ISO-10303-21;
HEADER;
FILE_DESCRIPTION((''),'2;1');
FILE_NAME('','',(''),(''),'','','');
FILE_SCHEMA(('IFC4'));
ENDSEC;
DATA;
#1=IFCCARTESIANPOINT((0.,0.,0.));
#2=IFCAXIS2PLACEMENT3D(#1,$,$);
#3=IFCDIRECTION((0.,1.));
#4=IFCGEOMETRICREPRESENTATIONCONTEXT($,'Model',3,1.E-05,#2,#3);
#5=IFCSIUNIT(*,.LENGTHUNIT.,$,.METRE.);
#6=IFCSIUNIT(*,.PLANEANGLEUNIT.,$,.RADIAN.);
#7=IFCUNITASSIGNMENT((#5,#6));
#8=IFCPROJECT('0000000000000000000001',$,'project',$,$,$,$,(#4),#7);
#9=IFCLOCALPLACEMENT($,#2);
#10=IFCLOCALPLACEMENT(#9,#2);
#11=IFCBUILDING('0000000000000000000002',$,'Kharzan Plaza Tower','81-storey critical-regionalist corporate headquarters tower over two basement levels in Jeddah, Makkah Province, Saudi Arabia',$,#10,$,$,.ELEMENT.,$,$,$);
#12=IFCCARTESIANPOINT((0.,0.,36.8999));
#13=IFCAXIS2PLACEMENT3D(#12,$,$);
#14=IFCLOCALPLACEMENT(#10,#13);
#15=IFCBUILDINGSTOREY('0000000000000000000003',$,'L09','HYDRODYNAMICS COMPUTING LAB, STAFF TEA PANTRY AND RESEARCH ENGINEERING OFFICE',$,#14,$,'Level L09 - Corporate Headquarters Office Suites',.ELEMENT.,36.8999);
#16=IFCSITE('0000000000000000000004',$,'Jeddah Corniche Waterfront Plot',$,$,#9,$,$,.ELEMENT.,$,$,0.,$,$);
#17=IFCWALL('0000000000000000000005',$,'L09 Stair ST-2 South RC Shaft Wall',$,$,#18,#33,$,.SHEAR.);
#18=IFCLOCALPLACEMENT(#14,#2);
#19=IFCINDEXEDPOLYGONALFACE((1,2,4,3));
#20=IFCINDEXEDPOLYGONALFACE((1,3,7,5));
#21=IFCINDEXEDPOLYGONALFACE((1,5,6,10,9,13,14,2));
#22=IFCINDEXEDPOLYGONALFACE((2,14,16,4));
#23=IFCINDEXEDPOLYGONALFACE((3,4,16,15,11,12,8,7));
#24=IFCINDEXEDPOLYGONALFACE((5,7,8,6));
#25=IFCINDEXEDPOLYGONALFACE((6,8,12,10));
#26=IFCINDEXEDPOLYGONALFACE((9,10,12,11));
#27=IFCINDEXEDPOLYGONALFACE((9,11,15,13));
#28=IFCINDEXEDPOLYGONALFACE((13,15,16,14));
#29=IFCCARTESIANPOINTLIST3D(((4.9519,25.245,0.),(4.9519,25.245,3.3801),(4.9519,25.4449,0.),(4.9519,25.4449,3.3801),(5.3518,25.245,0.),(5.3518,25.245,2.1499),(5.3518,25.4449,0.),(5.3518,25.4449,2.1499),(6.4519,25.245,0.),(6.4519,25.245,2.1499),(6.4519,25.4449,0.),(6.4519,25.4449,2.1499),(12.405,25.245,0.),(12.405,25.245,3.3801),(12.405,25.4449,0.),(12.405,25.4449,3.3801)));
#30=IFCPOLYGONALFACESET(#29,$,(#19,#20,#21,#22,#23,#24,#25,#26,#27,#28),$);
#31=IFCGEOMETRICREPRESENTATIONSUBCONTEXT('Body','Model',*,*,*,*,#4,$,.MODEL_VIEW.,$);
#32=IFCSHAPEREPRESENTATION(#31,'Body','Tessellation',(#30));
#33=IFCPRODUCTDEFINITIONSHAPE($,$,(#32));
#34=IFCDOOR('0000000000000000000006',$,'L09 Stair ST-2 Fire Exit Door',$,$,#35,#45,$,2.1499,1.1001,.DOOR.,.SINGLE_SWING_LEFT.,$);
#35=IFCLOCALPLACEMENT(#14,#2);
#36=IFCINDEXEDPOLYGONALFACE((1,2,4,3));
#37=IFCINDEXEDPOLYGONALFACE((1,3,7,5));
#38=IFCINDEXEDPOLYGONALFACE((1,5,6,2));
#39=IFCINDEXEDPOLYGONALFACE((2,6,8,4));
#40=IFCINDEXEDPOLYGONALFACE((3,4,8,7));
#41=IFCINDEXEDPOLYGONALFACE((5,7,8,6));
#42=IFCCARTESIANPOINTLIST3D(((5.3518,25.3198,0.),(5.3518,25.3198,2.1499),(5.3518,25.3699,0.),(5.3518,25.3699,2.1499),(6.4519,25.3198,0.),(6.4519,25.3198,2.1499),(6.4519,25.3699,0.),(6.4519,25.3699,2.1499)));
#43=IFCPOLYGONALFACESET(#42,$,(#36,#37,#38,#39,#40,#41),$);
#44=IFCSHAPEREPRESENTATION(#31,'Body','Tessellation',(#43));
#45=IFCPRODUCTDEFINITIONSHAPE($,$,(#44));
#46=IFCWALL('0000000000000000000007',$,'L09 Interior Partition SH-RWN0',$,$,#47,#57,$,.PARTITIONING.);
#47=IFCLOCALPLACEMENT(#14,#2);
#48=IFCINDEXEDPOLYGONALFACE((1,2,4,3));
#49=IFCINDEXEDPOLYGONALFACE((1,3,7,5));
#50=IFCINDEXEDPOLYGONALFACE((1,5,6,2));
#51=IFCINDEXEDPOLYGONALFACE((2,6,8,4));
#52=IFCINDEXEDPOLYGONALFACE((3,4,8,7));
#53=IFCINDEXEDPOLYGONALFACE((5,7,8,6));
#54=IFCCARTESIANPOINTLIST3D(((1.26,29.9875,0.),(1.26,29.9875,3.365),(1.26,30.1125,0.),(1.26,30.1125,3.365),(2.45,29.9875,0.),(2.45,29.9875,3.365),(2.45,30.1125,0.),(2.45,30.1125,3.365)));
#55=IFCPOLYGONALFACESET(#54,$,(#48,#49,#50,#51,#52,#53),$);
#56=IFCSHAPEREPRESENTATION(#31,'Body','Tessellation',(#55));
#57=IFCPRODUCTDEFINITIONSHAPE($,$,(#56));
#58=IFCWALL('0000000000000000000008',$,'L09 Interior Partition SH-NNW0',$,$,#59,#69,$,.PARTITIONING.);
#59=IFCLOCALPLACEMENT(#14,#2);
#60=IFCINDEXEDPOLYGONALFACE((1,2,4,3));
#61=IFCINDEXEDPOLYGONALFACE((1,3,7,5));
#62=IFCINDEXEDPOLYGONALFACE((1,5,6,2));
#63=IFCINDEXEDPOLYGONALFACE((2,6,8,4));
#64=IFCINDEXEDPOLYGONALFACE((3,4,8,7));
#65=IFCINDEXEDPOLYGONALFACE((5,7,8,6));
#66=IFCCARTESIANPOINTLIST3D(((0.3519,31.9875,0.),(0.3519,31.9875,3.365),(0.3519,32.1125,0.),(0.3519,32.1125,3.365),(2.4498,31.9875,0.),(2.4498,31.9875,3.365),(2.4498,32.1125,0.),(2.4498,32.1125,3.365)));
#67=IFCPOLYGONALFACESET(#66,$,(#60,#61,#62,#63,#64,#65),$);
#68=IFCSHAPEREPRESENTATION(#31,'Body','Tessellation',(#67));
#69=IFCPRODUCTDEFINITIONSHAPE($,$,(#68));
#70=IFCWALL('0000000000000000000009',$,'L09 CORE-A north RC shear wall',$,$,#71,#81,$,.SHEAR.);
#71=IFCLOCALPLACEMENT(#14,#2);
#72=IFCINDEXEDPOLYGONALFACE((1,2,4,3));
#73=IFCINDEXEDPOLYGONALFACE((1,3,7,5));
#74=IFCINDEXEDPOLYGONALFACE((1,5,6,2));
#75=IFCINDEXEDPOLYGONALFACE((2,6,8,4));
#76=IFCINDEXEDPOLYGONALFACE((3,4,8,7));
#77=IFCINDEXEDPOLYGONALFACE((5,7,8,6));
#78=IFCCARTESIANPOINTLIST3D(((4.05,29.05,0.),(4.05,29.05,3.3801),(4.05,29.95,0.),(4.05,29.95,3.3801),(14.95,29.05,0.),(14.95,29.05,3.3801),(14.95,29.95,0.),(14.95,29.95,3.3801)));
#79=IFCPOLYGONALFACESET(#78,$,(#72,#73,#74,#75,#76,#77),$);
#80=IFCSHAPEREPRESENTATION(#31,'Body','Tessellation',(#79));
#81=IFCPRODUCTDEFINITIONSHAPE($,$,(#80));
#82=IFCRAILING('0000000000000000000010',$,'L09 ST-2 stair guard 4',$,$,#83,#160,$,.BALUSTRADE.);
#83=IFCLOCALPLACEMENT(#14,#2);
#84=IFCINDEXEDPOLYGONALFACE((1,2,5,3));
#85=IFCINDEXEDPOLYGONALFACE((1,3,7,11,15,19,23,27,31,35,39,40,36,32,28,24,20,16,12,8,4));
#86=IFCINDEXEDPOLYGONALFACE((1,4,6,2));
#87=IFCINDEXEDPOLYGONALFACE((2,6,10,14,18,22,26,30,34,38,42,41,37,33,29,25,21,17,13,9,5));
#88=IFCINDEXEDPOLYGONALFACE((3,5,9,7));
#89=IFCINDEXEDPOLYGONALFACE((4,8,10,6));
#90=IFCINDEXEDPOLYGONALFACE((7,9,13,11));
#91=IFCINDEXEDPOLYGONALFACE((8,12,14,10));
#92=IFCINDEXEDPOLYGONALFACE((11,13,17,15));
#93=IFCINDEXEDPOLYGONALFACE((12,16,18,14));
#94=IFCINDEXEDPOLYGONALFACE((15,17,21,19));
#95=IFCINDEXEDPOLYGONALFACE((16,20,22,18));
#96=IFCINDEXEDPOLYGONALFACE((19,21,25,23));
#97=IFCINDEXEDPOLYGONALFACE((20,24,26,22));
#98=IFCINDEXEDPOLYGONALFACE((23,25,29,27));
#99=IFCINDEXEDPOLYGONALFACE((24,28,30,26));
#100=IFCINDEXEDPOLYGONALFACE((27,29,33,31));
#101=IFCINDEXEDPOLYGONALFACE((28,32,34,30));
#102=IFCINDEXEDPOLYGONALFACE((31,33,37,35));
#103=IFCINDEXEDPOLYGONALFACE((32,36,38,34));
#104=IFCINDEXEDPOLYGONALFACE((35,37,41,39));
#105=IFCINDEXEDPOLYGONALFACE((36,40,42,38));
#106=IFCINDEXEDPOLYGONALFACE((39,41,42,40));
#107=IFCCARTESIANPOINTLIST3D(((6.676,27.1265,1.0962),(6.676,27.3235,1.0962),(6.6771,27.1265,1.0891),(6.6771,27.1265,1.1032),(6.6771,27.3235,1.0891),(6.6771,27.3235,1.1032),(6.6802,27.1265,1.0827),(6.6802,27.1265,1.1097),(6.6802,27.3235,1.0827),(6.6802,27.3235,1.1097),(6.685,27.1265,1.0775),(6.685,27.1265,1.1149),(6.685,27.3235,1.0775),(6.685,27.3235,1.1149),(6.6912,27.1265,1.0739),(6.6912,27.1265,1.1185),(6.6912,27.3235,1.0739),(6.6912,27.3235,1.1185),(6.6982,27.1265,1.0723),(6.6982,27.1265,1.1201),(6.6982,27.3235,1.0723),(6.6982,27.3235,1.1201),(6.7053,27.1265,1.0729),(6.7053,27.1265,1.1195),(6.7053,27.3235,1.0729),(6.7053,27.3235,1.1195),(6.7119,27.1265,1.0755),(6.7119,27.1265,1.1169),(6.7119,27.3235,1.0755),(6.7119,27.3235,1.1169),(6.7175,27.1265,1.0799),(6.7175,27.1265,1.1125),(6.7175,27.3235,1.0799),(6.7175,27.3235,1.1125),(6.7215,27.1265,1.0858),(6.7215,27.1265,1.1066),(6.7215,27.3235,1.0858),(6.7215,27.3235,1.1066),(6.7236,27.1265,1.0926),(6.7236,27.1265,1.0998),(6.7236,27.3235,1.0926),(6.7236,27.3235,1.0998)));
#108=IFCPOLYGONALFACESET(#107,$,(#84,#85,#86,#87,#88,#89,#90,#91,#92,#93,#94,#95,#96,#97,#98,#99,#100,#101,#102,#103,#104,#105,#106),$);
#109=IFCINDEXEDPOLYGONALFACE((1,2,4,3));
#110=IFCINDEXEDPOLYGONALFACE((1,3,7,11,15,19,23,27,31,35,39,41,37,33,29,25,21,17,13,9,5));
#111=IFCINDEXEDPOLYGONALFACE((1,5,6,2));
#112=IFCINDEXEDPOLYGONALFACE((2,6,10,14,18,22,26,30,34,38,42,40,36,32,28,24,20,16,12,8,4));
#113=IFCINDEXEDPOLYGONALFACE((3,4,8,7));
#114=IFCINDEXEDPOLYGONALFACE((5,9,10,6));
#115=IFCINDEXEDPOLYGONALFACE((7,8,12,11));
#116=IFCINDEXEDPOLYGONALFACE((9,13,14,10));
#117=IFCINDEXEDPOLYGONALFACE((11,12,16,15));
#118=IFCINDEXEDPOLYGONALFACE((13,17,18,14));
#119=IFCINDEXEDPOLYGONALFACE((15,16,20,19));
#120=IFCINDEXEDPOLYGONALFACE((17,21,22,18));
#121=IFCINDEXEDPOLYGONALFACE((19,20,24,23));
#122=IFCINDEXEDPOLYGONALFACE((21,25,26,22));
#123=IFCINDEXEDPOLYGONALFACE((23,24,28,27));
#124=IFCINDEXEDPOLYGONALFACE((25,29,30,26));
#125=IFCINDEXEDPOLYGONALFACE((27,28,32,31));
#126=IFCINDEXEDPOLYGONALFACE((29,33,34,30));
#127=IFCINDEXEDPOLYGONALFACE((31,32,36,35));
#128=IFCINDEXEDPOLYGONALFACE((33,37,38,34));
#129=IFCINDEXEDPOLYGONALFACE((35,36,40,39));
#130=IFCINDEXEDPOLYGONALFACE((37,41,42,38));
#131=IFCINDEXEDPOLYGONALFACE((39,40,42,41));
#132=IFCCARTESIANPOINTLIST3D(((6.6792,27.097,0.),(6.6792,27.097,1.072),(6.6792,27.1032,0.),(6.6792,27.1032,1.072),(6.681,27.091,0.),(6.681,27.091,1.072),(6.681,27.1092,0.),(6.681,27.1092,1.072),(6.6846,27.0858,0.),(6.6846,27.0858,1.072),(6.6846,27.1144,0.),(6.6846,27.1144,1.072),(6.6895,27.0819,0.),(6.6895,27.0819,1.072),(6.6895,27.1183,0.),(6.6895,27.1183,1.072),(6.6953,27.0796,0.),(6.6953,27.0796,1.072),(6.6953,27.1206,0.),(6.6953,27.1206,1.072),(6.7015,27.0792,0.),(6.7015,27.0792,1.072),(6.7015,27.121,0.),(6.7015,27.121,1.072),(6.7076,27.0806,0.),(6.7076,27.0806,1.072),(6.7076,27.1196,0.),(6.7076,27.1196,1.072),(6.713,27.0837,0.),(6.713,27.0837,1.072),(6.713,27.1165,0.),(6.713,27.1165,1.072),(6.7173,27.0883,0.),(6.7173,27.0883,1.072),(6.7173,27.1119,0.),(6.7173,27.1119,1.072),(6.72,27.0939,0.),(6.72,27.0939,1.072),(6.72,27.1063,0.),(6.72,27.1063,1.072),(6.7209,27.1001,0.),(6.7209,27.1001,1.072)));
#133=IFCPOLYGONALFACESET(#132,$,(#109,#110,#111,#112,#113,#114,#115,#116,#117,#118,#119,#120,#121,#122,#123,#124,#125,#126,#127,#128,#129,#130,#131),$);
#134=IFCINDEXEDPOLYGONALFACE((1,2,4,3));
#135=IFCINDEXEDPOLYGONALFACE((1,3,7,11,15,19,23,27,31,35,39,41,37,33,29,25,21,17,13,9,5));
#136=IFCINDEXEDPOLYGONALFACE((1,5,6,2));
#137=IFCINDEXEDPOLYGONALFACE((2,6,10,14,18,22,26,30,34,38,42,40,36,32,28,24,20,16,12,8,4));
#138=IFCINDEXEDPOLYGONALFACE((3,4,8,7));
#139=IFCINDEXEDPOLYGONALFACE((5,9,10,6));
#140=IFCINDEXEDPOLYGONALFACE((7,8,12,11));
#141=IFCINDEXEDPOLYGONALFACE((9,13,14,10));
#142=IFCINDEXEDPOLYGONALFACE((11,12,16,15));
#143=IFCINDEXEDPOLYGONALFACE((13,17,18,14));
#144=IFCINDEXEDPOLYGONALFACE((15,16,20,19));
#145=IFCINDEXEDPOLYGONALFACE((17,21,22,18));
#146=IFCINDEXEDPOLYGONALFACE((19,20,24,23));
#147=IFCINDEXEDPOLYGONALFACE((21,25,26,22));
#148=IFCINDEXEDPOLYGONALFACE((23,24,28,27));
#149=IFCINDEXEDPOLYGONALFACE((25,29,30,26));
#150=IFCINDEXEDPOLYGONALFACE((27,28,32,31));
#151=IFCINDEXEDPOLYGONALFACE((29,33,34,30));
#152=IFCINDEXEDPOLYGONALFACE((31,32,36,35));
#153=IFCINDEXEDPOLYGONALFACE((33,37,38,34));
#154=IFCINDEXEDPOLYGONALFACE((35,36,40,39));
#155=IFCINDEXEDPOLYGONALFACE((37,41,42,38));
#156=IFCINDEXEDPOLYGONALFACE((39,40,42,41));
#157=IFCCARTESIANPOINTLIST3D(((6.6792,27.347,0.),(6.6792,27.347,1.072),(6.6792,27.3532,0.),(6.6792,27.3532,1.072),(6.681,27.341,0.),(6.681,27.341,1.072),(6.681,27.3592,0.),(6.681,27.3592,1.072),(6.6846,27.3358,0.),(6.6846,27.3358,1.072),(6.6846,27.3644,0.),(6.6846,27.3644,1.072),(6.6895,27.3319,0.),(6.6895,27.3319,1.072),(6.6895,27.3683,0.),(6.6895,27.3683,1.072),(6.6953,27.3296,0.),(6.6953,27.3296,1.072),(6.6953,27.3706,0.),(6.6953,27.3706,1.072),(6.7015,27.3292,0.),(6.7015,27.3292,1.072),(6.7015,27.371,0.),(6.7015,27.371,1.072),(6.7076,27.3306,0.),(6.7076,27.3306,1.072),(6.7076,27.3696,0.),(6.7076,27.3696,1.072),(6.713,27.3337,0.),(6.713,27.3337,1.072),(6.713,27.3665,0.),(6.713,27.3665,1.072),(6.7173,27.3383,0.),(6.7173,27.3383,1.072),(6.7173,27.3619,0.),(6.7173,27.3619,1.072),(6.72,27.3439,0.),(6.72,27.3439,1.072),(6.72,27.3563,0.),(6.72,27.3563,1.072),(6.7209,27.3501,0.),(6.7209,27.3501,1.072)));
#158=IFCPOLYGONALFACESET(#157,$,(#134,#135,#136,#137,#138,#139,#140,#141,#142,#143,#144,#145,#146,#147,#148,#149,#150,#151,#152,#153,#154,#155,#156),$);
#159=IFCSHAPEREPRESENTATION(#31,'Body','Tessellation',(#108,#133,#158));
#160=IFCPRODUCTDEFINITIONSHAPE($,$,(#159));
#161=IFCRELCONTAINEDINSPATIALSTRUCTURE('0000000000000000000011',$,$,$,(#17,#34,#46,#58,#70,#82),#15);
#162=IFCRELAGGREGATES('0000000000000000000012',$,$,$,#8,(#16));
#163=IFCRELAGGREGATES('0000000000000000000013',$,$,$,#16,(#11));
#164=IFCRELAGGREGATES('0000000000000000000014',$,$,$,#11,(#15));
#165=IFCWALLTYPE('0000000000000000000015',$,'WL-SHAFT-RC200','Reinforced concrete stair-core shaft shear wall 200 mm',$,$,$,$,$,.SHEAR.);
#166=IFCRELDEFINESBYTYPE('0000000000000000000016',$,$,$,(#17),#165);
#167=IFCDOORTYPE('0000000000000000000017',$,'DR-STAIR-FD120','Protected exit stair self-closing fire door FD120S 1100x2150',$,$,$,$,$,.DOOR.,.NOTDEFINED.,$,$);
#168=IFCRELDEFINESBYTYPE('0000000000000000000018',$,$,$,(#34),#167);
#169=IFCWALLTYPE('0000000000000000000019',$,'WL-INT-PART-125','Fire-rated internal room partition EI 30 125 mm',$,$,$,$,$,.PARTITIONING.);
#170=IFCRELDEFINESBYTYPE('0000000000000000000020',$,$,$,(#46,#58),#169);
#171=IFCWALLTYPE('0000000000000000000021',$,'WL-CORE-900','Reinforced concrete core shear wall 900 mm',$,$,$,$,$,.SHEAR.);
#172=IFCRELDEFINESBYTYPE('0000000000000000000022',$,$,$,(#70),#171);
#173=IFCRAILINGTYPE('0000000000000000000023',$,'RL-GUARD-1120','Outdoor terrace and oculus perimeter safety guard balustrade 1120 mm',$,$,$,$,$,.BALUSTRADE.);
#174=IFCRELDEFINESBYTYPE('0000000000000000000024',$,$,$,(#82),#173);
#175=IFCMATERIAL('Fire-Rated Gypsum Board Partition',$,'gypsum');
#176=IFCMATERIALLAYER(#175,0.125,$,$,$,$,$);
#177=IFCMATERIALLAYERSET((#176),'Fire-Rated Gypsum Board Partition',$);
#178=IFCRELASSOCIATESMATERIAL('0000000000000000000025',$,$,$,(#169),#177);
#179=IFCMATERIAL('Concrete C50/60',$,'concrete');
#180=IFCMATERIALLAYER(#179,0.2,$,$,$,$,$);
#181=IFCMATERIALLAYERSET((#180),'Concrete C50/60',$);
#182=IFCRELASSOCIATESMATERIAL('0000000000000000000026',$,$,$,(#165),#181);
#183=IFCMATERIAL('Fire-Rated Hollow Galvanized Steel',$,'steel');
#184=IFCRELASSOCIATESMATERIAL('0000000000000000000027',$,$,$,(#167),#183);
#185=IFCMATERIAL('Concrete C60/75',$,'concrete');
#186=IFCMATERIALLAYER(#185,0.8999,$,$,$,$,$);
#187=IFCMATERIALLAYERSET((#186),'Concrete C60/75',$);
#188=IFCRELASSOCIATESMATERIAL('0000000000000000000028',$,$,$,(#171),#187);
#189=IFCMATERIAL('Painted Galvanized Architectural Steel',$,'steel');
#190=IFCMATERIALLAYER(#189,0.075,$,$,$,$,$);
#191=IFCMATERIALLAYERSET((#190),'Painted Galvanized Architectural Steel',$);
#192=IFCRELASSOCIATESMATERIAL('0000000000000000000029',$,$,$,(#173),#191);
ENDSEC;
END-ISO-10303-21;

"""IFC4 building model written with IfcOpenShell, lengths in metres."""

from ifc_helpers import new_model, si_unit, direction, frame, frame_2d, origin, origin_2d, place, context, subcontext, project, spatial, rectangle, circle, extrude, source, transform, mapped, material, layer, layer_set, type_object, element, fill, save


model = new_model("IFC4")

# Units and contexts
model_context = context("Model", 3, precision=1e-05, world=origin(), true_north=direction((0.0, 1.0)))
body_context = subcontext(model_context, "Body", "Model", "MODEL_VIEW")
ifc_project = project(units=[si_unit("LENGTHUNIT", "METRE"), si_unit("PLANEANGLEUNIT", "RADIAN")], contexts=[model_context])

# Site, building, storey
site_placement = place(None, origin())
site = spatial("IfcSite", under=ifc_project, at=site_placement, Name="Jeddah Corniche Waterfront Plot", CompositionType="ELEMENT", RefElevation=0.0)
building_placement = place(site_placement, origin())
building = spatial("IfcBuilding", under=site, at=building_placement, Name="Kharzan Plaza Tower", Description="81-storey critical-regionalist corporate headquarters tower over two basement levels in Jeddah, Makkah Province, Saudi Arabia", CompositionType="ELEMENT")
storey_placement = place(building_placement, frame((0.0, 0.0, 36.8999)))
storey = spatial("IfcBuildingStorey", under=building, at=storey_placement, Name="L09", Description="HYDRODYNAMICS COMPUTING LAB, STAFF TEA PANTRY AND RESEARCH ENGINEERING OFFICE", LongName="Level L09 - Corporate Headquarters Office Suites", CompositionType="ELEMENT", Elevation=36.8999)

# Shared definitions
ifc_material_1 = material(Name="Concrete C60/75", Category="concrete")

# Wall, opening, door
ifc_material_2 = material(Name="Fire-Rated Gypsum Board Partition", Category="gypsum")
ifc_layer_1 = layer(ifc_material_2, 0.125)
ifc_layer_set_1 = layer_set([ifc_layer_1], Name="Fire-Rated Gypsum Board Partition")
wall_type_1 = type_object("IfcWallType", Name="WL-INT-PART-125", Description="Fire-rated internal room partition EI 30 125 mm", PredefinedType="PARTITIONING", material=ifc_layer_set_1)
ifc_material_3 = material(Name="Concrete C50/60", Category="concrete")
ifc_layer_2 = layer(ifc_material_3, 0.2)
ifc_layer_set_2 = layer_set([ifc_layer_2], Name="Concrete C50/60")
wall_type_2 = type_object("IfcWallType", Name="WL-SHAFT-RC200", Description="Reinforced concrete stair-core shaft shear wall 200 mm", PredefinedType="SHEAR", material=ifc_layer_set_2)
wall_1_placement = place(storey_placement, frame((4.9519, 25.345, 0.0), z_axis=(0.0, 0.0, 1.0), x_axis=(1.0, 0.0, 0.0)))
wall_1 = element("IfcWall", 1, at=wall_1_placement, inside=storey, type_object=wall_type_2, Name="L09 Stair ST-2 South RC Shaft Wall", PredefinedType="SHEAR", context=body_context, shape_type="SweptSolid", body=[
    extrude(rectangle(XDim=7.4531, YDim=0.2, at=frame_2d((3.7266, 0.0))), origin(), (0.0, 0.0, 1.0), 3.3801),
])
opening_1_placement = place(wall_1_placement, frame((0.3999, 0.0, 0.0)))
opening_1 = element("IfcOpeningElement", 2, at=opening_1_placement, cuts=wall_1, PredefinedType="OPENING", context=body_context, shape_type="SweptSolid", body=[
    extrude(rectangle(XDim=1.1001, YDim=2.1499, at=frame_2d((0.55, 1.075))), frame((0.0, 0.1099, 0.0), z_axis=(0.0, -1.0, 0.0), x_axis=(1.0, 0.0, 0.0)), (0.0, 0.0, 1.0), 0.22),
])
ifc_material_4 = material(Name="Fire-Rated Hollow Galvanized Steel", Category="steel")
door_type_1 = type_object("IfcDoorType", Name="DR-STAIR-FD120", Description="Protected exit stair self-closing fire door FD120S 1100x2150", OperationType="NOTDEFINED", PredefinedType="DOOR", material=ifc_material_4)
shared_shape_1 = source(origin(), body_context, "Body", "SweptSolid", [
    extrude(rectangle(XDim=1.1001, YDim=2.1499, at=frame_2d((0.55, 1.075))), frame((0.0, 0.0249, 0.0), z_axis=(0.0, -1.0, 0.0), x_axis=(1.0, 0.0, 0.0)), (0.0, 0.0, 1.0), 0.05),
])
door_1_placement = place(opening_1_placement, origin())
door_1 = element("IfcDoor", 3, at=door_1_placement, inside=storey, type_object=door_type_1, Name="L09 Stair ST-2 Fire Exit Door", OperationType="SINGLE_SWING_LEFT", OverallHeight=2.1499, OverallWidth=1.1001, PredefinedType="DOOR", context=body_context, shape_type="MappedRepresentation", body=[
    mapped(shared_shape_1, transform((0.0, 0.0, 0.0), x_axis=(1.0, 0.0, 0.0), y_axis=(0.0, 1.0, 0.0), z_axis=(0.0, 0.0, 1.0))),
])
fill(opening_1, door_1)

# Walls
shared_shape_2 = source(origin(), body_context, "Body", "SweptSolid", [
    extrude(rectangle(XDim=1.1899, YDim=0.125, at=frame_2d((0.595, 0.0))), origin(), (0.0, 0.0, 1.0), 3.365),
])
wall_2_placement = place(storey_placement, frame((1.26, 30.05, 0.0), z_axis=(0.0, 0.0, 1.0), x_axis=(1.0, 0.0, 0.0)))
element("IfcWall", 4, at=wall_2_placement, inside=storey, type_object=wall_type_1, Name="L09 Interior Partition SH-RWN0", PredefinedType="PARTITIONING", context=body_context, shape_type="MappedRepresentation", body=[
    mapped(shared_shape_2, transform((0.0, 0.0, 0.0), x_axis=(1.0, 0.0, 0.0), y_axis=(0.0, 1.0, 0.0), z_axis=(0.0, 0.0, 1.0))),
])
shared_shape_3 = source(origin(), body_context, "Body", "SweptSolid", [
    extrude(rectangle(XDim=2.0979, YDim=0.125, at=frame_2d((1.0488, 0.0))), origin(), (0.0, 0.0, 1.0), 3.365),
])
wall_3_placement = place(storey_placement, frame((0.3521, 32.05, 0.0), z_axis=(0.0, 0.0, 1.0), x_axis=(1.0, 0.0, 0.0)))
element("IfcWall", 5, at=wall_3_placement, inside=storey, type_object=wall_type_1, Name="L09 Interior Partition SH-NNW0", PredefinedType="PARTITIONING", context=body_context, shape_type="MappedRepresentation", body=[
    mapped(shared_shape_3, transform((0.0, 0.0, 0.0), x_axis=(1.0, 0.0, 0.0), y_axis=(0.0, 1.0, 0.0), z_axis=(0.0, 0.0, 1.0))),
])
ifc_layer_3 = layer(ifc_material_1, 0.8999)
ifc_layer_set_3 = layer_set([ifc_layer_3], Name="Concrete C60/75")
wall_type_3 = type_object("IfcWallType", Name="WL-CORE-900", Description="Reinforced concrete core shear wall 900 mm", PredefinedType="SHEAR", material=ifc_layer_set_3)
shared_shape_4 = source(origin(), body_context, "Body", "SweptSolid", [
    extrude(rectangle(XDim=10.8999, YDim=0.8999, at=frame_2d((5.45, 0.0))), origin(), (0.0, 0.0, 1.0), 3.3801),
])
wall_4_placement = place(storey_placement, frame((4.05, 29.5, 0.0), z_axis=(0.0, 0.0, 1.0), x_axis=(1.0, 0.0, 0.0)))
element("IfcWall", 6, at=wall_4_placement, inside=storey, type_object=wall_type_3, Name="L09 CORE-A north RC shear wall", PredefinedType="SHEAR", context=body_context, shape_type="MappedRepresentation", body=[
    mapped(shared_shape_4, transform((0.0, 0.0, 0.0), x_axis=(1.0, 0.0, 0.0), y_axis=(0.0, 1.0, 0.0), z_axis=(0.0, 0.0, 1.0))),
])

# Railing
ifc_material_5 = material(Name="Painted Galvanized Architectural Steel", Category="steel")
ifc_layer_4 = layer(ifc_material_5, 0.075)
ifc_layer_set_4 = layer_set([ifc_layer_4], Name="Painted Galvanized Architectural Steel")
railing_type_1 = type_object("IfcRailingType", Name="RL-GUARD-1120", Description="Outdoor terrace and oculus perimeter safety guard balustrade 1120 mm", PredefinedType="BALUSTRADE", material=ifc_layer_set_4)
shared_shape_5 = source(origin(), body_context, "Body", "SweptSolid", [
    extrude(circle(Radius=0.0239, at=origin_2d()), frame((0.0, 0.0264, 1.0962), z_axis=(0.0, 1.0, 0.0), x_axis=(-1.0, 0.0, 0.0)), (0.0, 0.0, 1.0), 0.197),
    extrude(circle(Radius=0.021, at=origin_2d()), origin(), (0.0, 0.0, 1.0), 1.072),
    extrude(circle(Radius=0.021, at=origin_2d()), frame((0.0, 0.25, 0.0)), (0.0, 0.0, 1.0), 1.072),
])
railing_1_placement = place(storey_placement, frame((6.7, 27.1001, 0.0)))
element("IfcRailing", 7, at=railing_1_placement, inside=storey, type_object=railing_type_1, Name="L09 ST-2 stair guard 4", PredefinedType="BALUSTRADE", context=body_context, shape_type="MappedRepresentation", body=[
    mapped(shared_shape_5, transform((0.0, 0.0, 0.0), x_axis=(1.0, 0.0, 0.0), y_axis=(0.0, 1.0, 0.0), z_axis=(0.0, 0.0, 1.0))),
])

save(model, "model.ifc")
